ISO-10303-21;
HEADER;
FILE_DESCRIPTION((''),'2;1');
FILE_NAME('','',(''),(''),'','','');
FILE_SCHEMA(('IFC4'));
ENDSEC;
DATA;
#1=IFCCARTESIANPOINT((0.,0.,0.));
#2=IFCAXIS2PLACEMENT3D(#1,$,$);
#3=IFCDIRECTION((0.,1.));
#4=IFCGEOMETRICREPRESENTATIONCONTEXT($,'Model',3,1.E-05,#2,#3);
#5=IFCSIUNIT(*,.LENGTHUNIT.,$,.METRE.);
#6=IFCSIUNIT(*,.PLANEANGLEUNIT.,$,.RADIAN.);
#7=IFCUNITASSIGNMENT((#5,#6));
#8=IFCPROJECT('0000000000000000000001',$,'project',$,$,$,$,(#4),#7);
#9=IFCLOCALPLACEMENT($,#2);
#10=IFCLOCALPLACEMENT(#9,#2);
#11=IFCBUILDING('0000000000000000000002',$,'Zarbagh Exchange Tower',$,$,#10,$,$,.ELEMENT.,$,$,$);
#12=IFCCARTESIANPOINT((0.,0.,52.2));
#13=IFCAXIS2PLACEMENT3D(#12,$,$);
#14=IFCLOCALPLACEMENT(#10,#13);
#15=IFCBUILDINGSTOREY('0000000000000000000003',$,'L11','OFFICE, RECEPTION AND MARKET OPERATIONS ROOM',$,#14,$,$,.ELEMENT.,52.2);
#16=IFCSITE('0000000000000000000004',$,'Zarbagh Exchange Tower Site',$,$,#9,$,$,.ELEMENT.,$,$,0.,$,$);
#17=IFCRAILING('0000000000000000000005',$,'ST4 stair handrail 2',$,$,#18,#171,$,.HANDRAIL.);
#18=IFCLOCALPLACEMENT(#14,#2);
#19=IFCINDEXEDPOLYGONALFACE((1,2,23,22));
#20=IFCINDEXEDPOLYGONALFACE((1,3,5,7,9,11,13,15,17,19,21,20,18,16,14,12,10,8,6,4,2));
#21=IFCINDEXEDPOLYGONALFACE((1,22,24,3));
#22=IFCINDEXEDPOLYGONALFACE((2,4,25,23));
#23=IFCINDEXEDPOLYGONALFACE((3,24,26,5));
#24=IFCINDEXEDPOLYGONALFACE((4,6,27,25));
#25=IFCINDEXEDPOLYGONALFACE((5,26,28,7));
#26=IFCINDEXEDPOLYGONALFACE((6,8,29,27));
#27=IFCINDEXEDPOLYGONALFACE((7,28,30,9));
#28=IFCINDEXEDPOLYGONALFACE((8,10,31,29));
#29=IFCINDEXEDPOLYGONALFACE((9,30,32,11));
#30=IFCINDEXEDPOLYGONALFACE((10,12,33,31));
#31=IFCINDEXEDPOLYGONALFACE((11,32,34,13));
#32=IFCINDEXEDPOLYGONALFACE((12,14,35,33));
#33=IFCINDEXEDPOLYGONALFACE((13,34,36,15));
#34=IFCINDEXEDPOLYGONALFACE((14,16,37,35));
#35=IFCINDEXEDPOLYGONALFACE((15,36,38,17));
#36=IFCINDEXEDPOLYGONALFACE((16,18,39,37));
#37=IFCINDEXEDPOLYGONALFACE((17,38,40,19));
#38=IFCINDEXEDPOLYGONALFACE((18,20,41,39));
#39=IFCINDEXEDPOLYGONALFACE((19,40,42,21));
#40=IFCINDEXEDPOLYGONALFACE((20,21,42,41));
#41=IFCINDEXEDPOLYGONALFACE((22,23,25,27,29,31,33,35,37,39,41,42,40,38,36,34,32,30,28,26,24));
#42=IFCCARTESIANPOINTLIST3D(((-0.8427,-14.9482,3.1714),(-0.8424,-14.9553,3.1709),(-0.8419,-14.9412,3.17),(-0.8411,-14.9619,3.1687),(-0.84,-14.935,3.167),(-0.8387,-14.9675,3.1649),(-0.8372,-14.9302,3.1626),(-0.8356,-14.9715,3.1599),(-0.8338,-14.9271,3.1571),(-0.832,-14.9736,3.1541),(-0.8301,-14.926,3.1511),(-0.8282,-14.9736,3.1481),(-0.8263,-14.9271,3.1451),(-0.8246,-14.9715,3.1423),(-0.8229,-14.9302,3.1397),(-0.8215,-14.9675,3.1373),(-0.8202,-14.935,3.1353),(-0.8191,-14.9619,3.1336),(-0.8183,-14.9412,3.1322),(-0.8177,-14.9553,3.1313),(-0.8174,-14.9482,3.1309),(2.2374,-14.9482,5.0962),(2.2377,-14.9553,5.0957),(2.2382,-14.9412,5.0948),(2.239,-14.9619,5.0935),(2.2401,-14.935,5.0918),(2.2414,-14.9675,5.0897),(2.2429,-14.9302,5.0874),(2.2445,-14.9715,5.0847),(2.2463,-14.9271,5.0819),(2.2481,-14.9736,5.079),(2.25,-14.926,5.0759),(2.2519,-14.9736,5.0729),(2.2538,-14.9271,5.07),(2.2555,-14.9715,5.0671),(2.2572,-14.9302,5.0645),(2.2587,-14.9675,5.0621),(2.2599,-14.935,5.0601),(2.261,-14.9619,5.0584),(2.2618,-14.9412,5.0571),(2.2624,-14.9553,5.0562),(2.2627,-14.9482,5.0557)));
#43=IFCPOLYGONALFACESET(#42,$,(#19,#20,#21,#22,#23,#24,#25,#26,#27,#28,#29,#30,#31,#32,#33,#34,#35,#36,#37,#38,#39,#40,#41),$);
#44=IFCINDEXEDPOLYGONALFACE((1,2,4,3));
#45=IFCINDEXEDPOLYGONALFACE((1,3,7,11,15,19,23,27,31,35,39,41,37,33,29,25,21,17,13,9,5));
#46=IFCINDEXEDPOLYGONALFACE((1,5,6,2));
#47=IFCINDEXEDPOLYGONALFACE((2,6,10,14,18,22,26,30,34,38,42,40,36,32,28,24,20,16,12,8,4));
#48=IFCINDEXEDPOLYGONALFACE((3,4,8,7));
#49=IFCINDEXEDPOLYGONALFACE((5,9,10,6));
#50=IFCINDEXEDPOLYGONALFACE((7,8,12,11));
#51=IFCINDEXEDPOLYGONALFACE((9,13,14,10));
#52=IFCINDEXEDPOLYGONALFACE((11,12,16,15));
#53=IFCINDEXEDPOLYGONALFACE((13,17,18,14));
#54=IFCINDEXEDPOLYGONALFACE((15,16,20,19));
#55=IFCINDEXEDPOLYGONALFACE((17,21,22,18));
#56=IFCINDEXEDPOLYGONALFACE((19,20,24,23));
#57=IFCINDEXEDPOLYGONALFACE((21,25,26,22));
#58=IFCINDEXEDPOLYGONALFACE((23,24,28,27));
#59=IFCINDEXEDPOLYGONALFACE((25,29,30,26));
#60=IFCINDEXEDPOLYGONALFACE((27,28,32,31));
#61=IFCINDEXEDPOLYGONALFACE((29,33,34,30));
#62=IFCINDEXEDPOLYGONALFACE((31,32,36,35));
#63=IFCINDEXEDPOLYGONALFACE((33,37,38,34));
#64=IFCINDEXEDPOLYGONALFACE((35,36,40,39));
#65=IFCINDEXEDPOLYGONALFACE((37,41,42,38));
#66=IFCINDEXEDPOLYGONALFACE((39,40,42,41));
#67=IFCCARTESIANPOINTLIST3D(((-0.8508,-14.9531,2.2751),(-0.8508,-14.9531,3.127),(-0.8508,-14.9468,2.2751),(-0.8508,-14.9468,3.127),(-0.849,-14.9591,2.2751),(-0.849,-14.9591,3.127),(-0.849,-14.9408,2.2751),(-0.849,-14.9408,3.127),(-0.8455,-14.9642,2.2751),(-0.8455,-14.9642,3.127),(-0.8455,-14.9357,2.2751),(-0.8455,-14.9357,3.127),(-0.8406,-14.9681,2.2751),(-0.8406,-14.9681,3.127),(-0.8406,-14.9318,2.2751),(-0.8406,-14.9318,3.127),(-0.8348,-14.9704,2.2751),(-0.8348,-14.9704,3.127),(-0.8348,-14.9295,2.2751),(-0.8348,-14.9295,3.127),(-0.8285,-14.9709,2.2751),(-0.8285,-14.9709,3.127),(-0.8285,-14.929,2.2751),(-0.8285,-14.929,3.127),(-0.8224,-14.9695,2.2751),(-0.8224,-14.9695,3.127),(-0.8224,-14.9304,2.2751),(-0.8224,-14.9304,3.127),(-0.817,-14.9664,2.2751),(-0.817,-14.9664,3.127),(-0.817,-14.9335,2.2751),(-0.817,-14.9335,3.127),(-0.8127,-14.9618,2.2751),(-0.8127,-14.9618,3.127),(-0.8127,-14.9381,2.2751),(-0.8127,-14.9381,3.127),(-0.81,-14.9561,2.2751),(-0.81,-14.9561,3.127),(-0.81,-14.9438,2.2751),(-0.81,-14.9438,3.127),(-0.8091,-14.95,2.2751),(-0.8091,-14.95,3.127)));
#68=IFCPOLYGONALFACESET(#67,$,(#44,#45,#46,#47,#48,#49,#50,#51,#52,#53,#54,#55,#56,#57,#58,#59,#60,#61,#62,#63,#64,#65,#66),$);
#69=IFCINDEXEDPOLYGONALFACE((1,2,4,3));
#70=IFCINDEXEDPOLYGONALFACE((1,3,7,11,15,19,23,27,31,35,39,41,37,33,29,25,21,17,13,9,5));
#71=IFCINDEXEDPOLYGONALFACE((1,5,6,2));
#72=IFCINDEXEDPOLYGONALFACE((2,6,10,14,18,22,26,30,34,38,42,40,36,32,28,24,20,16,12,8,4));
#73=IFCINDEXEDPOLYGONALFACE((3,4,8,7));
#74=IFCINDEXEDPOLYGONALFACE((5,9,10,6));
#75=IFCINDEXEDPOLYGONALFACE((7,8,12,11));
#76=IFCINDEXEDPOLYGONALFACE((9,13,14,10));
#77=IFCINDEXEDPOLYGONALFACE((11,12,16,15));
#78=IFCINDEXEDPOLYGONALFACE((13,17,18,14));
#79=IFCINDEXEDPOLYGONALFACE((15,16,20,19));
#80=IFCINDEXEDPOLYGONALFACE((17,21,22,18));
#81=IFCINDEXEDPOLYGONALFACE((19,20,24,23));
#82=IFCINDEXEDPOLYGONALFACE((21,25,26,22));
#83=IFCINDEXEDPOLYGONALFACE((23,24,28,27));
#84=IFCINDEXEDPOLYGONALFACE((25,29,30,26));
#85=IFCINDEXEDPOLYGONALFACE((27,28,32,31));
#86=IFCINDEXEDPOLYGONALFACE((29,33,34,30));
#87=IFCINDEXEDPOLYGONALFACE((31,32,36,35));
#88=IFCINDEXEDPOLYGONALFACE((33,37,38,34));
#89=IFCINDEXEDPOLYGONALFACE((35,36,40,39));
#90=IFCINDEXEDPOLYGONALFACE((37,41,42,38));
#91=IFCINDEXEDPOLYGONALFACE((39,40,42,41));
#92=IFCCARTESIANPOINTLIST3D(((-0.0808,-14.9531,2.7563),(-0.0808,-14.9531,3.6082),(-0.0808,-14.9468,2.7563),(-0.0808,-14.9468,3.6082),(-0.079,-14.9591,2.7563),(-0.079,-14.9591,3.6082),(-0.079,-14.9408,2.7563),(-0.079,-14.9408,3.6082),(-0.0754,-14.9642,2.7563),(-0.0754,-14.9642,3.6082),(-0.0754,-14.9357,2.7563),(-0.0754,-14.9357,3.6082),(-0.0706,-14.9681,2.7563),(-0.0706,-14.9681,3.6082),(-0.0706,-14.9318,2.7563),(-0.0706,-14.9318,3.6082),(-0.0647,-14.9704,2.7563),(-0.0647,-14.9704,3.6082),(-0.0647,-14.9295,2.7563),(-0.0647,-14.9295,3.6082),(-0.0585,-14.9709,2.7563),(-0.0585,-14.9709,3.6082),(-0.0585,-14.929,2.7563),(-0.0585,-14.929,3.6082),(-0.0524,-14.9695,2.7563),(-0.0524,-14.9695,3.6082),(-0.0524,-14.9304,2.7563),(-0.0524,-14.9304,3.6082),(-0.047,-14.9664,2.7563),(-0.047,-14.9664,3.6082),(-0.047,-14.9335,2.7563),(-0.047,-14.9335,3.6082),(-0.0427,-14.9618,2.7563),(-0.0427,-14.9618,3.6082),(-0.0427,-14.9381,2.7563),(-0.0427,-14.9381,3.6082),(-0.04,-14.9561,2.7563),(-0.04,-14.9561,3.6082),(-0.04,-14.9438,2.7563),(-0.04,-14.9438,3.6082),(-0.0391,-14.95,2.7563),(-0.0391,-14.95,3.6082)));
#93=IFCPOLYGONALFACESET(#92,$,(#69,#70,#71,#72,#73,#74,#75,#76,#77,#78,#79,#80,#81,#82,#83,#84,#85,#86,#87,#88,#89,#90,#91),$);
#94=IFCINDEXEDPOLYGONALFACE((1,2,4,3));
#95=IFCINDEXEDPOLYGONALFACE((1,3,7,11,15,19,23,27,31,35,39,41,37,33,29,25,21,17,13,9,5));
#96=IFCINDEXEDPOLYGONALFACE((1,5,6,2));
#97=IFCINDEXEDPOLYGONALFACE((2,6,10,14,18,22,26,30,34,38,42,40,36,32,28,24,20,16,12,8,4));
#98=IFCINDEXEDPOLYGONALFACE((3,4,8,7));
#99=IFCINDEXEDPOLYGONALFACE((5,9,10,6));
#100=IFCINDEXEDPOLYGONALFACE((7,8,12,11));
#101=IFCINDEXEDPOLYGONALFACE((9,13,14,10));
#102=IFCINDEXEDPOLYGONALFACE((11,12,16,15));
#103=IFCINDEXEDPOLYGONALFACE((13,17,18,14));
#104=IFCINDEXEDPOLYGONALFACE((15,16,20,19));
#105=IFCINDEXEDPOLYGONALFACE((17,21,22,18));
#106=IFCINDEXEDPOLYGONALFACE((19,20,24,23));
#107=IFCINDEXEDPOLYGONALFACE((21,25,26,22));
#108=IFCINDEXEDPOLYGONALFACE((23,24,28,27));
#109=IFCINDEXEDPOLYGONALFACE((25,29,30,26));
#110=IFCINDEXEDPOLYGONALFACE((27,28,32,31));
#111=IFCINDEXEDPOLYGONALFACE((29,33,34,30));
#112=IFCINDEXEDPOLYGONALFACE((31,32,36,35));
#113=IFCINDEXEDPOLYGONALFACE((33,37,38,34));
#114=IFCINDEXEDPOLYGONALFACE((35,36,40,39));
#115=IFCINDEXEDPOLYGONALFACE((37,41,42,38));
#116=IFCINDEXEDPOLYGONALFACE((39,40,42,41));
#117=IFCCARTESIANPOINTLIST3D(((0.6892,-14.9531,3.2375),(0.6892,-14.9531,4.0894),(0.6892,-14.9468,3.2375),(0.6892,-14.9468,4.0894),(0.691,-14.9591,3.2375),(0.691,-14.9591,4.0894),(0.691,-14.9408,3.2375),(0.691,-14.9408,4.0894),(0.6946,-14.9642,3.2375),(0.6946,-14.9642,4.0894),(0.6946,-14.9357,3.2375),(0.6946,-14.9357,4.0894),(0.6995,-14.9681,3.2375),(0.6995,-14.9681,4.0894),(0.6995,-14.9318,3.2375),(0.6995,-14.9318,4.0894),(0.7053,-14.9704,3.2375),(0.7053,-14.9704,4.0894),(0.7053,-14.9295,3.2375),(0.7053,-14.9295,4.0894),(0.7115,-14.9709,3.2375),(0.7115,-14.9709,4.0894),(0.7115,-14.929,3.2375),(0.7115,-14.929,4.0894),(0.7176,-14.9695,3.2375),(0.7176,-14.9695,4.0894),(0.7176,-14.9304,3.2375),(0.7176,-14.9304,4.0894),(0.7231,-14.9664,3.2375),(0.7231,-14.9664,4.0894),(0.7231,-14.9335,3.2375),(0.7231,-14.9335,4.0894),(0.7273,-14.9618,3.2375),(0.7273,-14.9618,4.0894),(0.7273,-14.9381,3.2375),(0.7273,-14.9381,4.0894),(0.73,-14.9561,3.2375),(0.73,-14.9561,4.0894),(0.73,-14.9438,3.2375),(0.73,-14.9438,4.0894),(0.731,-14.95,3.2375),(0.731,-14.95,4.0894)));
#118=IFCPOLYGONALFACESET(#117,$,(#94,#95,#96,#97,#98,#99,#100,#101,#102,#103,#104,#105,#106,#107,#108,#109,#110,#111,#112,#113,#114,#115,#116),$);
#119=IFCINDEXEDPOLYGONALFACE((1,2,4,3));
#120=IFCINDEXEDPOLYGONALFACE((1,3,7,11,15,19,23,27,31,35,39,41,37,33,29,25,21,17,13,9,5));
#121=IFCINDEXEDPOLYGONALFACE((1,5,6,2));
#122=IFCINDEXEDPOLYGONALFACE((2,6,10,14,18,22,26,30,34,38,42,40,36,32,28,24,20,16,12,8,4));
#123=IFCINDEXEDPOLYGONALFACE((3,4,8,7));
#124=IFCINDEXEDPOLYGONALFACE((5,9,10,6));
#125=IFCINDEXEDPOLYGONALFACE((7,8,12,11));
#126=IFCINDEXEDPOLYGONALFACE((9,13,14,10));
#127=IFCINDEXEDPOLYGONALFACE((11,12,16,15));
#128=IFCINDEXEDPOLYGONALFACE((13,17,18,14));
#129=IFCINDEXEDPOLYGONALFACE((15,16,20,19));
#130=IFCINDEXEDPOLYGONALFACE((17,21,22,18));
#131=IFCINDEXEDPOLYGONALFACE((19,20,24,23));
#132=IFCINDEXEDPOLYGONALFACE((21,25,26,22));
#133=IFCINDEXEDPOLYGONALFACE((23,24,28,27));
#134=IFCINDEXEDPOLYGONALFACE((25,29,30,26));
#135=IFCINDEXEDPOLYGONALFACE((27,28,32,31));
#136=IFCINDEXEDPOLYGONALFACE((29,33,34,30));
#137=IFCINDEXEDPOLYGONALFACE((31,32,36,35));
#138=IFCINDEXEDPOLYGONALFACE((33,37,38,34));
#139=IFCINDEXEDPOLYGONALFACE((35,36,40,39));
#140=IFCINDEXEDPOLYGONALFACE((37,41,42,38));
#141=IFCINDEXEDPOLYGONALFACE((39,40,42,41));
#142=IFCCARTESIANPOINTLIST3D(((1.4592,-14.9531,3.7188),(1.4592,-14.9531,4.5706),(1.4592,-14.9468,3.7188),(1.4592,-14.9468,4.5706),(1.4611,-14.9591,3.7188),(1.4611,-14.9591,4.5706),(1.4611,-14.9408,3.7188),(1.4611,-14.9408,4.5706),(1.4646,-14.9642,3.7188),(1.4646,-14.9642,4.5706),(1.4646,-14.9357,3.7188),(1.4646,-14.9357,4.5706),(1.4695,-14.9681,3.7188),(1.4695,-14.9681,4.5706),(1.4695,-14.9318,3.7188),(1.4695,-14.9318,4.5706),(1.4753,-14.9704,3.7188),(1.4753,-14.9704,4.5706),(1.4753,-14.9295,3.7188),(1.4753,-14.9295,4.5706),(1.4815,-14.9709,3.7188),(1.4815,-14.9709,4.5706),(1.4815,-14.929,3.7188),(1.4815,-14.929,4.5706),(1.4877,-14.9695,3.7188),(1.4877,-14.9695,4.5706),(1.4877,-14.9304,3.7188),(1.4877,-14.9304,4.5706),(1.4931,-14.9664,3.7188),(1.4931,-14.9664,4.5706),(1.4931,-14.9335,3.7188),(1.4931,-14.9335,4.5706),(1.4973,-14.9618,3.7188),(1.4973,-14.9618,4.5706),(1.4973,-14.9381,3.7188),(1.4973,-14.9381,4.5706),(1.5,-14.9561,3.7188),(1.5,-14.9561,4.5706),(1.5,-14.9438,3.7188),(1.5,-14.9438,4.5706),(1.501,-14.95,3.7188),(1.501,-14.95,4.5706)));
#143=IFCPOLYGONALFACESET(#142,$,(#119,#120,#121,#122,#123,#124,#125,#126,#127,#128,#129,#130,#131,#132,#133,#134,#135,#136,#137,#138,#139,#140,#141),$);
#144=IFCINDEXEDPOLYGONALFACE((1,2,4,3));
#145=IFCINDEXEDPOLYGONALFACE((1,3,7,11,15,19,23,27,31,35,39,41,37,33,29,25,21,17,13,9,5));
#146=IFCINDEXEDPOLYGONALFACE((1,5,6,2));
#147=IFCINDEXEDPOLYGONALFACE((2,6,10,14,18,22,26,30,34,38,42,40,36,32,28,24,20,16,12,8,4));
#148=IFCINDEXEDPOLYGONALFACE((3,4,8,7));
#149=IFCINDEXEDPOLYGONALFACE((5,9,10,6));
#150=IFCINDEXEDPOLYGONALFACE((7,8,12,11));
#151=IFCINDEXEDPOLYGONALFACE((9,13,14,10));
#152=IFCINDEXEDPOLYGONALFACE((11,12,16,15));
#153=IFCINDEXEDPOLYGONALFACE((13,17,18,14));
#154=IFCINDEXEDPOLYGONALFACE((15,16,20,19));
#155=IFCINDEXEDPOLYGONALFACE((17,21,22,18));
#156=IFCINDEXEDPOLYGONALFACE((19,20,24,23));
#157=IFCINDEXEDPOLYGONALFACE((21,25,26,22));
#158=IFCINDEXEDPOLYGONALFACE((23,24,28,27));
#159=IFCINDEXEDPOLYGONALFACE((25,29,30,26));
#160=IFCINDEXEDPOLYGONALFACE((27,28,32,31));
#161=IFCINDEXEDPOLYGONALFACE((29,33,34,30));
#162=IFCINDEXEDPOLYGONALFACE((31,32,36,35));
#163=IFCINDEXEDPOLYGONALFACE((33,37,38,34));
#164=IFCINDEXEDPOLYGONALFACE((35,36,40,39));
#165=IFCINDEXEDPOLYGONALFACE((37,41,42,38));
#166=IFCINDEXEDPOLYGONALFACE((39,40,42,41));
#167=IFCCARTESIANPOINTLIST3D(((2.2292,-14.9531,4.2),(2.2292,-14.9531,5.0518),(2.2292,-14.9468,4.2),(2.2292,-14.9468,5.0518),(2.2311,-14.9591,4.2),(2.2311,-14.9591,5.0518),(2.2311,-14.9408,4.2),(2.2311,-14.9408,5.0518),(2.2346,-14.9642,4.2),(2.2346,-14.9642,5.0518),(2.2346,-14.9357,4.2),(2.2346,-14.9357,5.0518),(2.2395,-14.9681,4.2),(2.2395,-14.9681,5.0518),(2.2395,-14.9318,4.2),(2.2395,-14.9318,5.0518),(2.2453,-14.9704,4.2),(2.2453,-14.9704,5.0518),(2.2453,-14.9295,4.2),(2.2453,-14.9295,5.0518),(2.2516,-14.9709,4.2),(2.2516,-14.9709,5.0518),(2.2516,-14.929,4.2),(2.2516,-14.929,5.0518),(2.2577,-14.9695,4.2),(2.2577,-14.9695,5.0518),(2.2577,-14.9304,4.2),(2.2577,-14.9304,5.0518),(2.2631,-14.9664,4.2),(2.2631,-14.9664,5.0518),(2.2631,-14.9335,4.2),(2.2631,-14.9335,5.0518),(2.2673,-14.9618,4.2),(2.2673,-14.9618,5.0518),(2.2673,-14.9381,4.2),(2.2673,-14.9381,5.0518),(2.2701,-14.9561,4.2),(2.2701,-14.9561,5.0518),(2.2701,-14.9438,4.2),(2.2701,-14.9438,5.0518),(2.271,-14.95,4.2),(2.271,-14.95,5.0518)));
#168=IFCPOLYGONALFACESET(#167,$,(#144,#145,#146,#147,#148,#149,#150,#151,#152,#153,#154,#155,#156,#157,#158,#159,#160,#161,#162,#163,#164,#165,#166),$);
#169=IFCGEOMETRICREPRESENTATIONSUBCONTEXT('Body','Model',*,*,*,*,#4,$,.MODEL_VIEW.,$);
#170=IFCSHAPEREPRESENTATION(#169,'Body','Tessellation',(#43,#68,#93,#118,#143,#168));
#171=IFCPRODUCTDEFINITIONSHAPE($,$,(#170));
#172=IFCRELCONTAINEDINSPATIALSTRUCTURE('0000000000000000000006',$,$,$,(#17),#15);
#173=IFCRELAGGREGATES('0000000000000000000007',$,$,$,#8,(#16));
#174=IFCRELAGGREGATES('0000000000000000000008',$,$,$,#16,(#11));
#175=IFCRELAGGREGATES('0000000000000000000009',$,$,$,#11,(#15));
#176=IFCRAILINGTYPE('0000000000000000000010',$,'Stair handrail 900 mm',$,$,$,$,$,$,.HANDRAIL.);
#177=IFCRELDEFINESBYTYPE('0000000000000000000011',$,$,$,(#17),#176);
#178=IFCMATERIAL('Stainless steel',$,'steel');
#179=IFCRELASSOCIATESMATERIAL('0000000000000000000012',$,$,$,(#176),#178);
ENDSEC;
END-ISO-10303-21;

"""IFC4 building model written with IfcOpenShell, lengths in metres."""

from ifc_helpers import new_model, si_unit, direction, frame, origin, origin_2d, place, context, subcontext, project, spatial, circle, extrude, material, type_object, element, save


model = new_model("IFC4")

# Units and contexts
model_context = context("Model", 3, precision=1e-05, world=origin(), true_north=direction((0.0, 1.0)))
body_context = subcontext(model_context, "Body", "Model", "MODEL_VIEW")
ifc_project = project(units=[si_unit("LENGTHUNIT", "METRE"), si_unit("PLANEANGLEUNIT", "RADIAN")], contexts=[model_context])

# Site, building, storey
site_placement = place(None, origin())
site = spatial("IfcSite", under=ifc_project, at=site_placement, Name="Zarbagh Exchange Tower Site", CompositionType="ELEMENT", RefElevation=0.0)
building_placement = place(site_placement, origin())
building = spatial("IfcBuilding", under=site, at=building_placement, Name="Zarbagh Exchange Tower", CompositionType="ELEMENT")
storey_placement = place(building_placement, frame((0.0, 0.0, 52.2)))
storey = spatial("IfcBuildingStorey", under=building, at=storey_placement, Name="L11", Description="OFFICE, RECEPTION AND MARKET OPERATIONS ROOM", CompositionType="ELEMENT", Elevation=52.2)

# Shared definitions
ifc_material_1 = material(Name="Stainless steel", Category="steel")

# Railing
railing_type_1 = type_object("IfcRailingType", Name="Stair handrail 900 mm", PredefinedType="HANDRAIL", material=ifc_material_1)
railing_1_placement = place(storey_placement, frame((-0.8301, -14.95, 2.2751)))
element("IfcRailing", 1, at=railing_1_placement, inside=storey, type_object=railing_type_1, Name="ST4 stair handrail 2", PredefinedType="HANDRAIL", context=body_context, shape_type="SweptSolid", body=[
    extrude(circle(Radius=0.0239, at=origin_2d()), frame((0.0, 0.0, 0.876), z_axis=(0.848029, 0.0, 0.529951), x_axis=(0.0, 1.0, 0.0)), (0.0, 0.0, 1.0), 3.6321),
    extrude(circle(Radius=0.021, at=origin_2d()), origin(), (0.0, 0.0, 1.0), 0.8518),
    extrude(circle(Radius=0.021, at=origin_2d()), frame((0.77, 0.0, 0.4812)), (0.0, 0.0, 1.0), 0.8518),
    extrude(circle(Radius=0.021, at=origin_2d()), frame((1.54, 0.0, 0.9624)), (0.0, 0.0, 1.0), 0.8518),
    extrude(circle(Radius=0.021, at=origin_2d()), frame((2.3101, 0.0, 1.4436)), (0.0, 0.0, 1.0), 0.8518),
    extrude(circle(Radius=0.021, at=origin_2d()), frame((3.0801, 0.0, 1.9248)), (0.0, 0.0, 1.0), 0.8518),
])

save(model, "model.ifc")
